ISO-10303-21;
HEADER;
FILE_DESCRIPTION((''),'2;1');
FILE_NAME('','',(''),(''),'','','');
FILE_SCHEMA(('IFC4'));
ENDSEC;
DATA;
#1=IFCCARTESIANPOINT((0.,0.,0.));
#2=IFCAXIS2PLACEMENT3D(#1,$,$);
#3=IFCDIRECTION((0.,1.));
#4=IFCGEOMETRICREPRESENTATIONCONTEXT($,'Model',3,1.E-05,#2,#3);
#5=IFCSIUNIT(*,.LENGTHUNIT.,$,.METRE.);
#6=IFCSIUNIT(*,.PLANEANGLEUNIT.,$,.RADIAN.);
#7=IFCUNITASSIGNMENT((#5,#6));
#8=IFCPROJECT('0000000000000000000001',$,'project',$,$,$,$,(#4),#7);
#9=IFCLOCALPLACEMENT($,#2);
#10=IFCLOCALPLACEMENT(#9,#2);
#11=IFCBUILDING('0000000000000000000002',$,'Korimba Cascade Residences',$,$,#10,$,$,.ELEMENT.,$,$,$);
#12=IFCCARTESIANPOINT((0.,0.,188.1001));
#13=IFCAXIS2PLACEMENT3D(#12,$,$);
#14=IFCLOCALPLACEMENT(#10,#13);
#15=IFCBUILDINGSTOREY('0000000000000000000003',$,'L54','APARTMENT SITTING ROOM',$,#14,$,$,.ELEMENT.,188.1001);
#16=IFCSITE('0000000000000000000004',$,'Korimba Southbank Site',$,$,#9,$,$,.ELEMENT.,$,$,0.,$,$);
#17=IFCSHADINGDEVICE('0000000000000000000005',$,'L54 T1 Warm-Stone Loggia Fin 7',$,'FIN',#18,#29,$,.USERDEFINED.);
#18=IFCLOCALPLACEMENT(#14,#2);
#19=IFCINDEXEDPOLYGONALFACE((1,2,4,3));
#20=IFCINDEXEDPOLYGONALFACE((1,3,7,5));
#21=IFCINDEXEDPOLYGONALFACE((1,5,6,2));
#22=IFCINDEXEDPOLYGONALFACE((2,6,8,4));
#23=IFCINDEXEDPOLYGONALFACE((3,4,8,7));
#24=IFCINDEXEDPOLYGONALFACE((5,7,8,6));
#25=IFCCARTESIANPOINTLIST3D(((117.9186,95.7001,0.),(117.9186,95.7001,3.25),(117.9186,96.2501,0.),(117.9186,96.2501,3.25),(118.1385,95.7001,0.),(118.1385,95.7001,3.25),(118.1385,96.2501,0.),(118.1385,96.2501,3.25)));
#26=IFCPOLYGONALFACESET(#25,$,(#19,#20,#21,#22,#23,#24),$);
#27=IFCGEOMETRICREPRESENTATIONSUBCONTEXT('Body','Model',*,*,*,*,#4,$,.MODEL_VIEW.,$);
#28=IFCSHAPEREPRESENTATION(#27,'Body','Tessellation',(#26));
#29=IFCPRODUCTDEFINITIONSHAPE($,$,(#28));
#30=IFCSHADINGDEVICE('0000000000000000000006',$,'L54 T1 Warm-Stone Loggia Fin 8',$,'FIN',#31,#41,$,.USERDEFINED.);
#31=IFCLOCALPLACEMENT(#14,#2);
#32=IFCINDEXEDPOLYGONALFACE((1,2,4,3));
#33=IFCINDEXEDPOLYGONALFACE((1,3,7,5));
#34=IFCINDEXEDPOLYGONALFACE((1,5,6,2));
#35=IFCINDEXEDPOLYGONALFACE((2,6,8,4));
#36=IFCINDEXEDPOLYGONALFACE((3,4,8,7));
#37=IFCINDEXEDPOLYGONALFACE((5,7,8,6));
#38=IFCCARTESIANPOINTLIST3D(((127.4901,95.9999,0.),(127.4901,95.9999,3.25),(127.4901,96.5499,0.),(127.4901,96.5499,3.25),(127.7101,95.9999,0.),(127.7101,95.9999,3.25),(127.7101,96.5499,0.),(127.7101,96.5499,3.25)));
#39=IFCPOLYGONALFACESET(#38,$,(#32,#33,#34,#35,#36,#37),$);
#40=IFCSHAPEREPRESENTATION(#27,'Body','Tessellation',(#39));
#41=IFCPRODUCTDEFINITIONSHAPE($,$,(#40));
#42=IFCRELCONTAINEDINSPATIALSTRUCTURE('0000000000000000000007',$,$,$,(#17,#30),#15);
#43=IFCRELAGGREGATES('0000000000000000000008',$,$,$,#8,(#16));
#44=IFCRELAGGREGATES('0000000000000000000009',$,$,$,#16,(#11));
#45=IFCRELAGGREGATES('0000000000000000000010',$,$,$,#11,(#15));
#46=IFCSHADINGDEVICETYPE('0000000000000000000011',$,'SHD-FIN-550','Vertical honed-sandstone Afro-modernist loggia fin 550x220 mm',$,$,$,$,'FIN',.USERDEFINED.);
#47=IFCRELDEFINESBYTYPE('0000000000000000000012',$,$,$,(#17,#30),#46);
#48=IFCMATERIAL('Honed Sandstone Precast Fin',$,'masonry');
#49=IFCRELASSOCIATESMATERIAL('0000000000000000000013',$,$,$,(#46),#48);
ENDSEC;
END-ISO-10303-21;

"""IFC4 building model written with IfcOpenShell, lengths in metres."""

from ifc_helpers import new_model, si_unit, direction, frame, origin, origin_2d, place, context, subcontext, project, spatial, rectangle, extrude, material, type_object, element, save


model = new_model("IFC4")

# Units and contexts
model_context = context("Model", 3, precision=1e-05, world=origin(), true_north=direction((0.0, 1.0)))
body_context = subcontext(model_context, "Body", "Model", "MODEL_VIEW")
ifc_project = project(units=[si_unit("LENGTHUNIT", "METRE"), si_unit("PLANEANGLEUNIT", "RADIAN")], contexts=[model_context])

# Site, building, storey
site_placement = place(None, origin())
site = spatial("IfcSite", under=ifc_project, at=site_placement, Name="Korimba Southbank Site", CompositionType="ELEMENT", RefElevation=0.0)
building_placement = place(site_placement, origin())
building = spatial("IfcBuilding", under=site, at=building_placement, Name="Korimba Cascade Residences", CompositionType="ELEMENT")
storey_placement = place(building_placement, frame((0.0, 0.0, 188.1001)))
storey = spatial("IfcBuildingStorey", under=building, at=storey_placement, Name="L54", Description="APARTMENT SITTING ROOM", CompositionType="ELEMENT", Elevation=188.1001)

# Shading devices
ifc_material_1 = material(Name="Honed Sandstone Precast Fin", Category="masonry")
shading_device_type = type_object("IfcShadingDeviceType", Name="SHD-FIN-550", Description="Vertical honed-sandstone Afro-modernist loggia fin 550x220 mm", ElementType="FIN", PredefinedType="USERDEFINED", material=ifc_material_1)
for number, where, z_axis, x_axis, name in (
    (1, (118.0286, 95.9751, 0.0), (0.0, 0.0, 1.0), (1.0, 0.0, 0.0), "L54 T1 Warm-Stone Loggia Fin 7"),
    (2, (127.6001, 96.2749, 0.0), (0.0, 0.0, 1.0), (1.0, 0.0, 0.0), "L54 T1 Warm-Stone Loggia Fin 8"),
):
    element("IfcShadingDevice", number, at=place(storey_placement, frame(where, z_axis=z_axis, x_axis=x_axis)), inside=storey, type_object=shading_device_type, Name=name, ObjectType="FIN", PredefinedType="USERDEFINED", context=body_context, shape_type="SweptSolid", body=[
        extrude(rectangle(XDim=0.22, YDim=0.55, at=origin_2d()), origin(), (0.0, 0.0, 1.0), 3.25),
    ])

save(model, "model.ifc")
